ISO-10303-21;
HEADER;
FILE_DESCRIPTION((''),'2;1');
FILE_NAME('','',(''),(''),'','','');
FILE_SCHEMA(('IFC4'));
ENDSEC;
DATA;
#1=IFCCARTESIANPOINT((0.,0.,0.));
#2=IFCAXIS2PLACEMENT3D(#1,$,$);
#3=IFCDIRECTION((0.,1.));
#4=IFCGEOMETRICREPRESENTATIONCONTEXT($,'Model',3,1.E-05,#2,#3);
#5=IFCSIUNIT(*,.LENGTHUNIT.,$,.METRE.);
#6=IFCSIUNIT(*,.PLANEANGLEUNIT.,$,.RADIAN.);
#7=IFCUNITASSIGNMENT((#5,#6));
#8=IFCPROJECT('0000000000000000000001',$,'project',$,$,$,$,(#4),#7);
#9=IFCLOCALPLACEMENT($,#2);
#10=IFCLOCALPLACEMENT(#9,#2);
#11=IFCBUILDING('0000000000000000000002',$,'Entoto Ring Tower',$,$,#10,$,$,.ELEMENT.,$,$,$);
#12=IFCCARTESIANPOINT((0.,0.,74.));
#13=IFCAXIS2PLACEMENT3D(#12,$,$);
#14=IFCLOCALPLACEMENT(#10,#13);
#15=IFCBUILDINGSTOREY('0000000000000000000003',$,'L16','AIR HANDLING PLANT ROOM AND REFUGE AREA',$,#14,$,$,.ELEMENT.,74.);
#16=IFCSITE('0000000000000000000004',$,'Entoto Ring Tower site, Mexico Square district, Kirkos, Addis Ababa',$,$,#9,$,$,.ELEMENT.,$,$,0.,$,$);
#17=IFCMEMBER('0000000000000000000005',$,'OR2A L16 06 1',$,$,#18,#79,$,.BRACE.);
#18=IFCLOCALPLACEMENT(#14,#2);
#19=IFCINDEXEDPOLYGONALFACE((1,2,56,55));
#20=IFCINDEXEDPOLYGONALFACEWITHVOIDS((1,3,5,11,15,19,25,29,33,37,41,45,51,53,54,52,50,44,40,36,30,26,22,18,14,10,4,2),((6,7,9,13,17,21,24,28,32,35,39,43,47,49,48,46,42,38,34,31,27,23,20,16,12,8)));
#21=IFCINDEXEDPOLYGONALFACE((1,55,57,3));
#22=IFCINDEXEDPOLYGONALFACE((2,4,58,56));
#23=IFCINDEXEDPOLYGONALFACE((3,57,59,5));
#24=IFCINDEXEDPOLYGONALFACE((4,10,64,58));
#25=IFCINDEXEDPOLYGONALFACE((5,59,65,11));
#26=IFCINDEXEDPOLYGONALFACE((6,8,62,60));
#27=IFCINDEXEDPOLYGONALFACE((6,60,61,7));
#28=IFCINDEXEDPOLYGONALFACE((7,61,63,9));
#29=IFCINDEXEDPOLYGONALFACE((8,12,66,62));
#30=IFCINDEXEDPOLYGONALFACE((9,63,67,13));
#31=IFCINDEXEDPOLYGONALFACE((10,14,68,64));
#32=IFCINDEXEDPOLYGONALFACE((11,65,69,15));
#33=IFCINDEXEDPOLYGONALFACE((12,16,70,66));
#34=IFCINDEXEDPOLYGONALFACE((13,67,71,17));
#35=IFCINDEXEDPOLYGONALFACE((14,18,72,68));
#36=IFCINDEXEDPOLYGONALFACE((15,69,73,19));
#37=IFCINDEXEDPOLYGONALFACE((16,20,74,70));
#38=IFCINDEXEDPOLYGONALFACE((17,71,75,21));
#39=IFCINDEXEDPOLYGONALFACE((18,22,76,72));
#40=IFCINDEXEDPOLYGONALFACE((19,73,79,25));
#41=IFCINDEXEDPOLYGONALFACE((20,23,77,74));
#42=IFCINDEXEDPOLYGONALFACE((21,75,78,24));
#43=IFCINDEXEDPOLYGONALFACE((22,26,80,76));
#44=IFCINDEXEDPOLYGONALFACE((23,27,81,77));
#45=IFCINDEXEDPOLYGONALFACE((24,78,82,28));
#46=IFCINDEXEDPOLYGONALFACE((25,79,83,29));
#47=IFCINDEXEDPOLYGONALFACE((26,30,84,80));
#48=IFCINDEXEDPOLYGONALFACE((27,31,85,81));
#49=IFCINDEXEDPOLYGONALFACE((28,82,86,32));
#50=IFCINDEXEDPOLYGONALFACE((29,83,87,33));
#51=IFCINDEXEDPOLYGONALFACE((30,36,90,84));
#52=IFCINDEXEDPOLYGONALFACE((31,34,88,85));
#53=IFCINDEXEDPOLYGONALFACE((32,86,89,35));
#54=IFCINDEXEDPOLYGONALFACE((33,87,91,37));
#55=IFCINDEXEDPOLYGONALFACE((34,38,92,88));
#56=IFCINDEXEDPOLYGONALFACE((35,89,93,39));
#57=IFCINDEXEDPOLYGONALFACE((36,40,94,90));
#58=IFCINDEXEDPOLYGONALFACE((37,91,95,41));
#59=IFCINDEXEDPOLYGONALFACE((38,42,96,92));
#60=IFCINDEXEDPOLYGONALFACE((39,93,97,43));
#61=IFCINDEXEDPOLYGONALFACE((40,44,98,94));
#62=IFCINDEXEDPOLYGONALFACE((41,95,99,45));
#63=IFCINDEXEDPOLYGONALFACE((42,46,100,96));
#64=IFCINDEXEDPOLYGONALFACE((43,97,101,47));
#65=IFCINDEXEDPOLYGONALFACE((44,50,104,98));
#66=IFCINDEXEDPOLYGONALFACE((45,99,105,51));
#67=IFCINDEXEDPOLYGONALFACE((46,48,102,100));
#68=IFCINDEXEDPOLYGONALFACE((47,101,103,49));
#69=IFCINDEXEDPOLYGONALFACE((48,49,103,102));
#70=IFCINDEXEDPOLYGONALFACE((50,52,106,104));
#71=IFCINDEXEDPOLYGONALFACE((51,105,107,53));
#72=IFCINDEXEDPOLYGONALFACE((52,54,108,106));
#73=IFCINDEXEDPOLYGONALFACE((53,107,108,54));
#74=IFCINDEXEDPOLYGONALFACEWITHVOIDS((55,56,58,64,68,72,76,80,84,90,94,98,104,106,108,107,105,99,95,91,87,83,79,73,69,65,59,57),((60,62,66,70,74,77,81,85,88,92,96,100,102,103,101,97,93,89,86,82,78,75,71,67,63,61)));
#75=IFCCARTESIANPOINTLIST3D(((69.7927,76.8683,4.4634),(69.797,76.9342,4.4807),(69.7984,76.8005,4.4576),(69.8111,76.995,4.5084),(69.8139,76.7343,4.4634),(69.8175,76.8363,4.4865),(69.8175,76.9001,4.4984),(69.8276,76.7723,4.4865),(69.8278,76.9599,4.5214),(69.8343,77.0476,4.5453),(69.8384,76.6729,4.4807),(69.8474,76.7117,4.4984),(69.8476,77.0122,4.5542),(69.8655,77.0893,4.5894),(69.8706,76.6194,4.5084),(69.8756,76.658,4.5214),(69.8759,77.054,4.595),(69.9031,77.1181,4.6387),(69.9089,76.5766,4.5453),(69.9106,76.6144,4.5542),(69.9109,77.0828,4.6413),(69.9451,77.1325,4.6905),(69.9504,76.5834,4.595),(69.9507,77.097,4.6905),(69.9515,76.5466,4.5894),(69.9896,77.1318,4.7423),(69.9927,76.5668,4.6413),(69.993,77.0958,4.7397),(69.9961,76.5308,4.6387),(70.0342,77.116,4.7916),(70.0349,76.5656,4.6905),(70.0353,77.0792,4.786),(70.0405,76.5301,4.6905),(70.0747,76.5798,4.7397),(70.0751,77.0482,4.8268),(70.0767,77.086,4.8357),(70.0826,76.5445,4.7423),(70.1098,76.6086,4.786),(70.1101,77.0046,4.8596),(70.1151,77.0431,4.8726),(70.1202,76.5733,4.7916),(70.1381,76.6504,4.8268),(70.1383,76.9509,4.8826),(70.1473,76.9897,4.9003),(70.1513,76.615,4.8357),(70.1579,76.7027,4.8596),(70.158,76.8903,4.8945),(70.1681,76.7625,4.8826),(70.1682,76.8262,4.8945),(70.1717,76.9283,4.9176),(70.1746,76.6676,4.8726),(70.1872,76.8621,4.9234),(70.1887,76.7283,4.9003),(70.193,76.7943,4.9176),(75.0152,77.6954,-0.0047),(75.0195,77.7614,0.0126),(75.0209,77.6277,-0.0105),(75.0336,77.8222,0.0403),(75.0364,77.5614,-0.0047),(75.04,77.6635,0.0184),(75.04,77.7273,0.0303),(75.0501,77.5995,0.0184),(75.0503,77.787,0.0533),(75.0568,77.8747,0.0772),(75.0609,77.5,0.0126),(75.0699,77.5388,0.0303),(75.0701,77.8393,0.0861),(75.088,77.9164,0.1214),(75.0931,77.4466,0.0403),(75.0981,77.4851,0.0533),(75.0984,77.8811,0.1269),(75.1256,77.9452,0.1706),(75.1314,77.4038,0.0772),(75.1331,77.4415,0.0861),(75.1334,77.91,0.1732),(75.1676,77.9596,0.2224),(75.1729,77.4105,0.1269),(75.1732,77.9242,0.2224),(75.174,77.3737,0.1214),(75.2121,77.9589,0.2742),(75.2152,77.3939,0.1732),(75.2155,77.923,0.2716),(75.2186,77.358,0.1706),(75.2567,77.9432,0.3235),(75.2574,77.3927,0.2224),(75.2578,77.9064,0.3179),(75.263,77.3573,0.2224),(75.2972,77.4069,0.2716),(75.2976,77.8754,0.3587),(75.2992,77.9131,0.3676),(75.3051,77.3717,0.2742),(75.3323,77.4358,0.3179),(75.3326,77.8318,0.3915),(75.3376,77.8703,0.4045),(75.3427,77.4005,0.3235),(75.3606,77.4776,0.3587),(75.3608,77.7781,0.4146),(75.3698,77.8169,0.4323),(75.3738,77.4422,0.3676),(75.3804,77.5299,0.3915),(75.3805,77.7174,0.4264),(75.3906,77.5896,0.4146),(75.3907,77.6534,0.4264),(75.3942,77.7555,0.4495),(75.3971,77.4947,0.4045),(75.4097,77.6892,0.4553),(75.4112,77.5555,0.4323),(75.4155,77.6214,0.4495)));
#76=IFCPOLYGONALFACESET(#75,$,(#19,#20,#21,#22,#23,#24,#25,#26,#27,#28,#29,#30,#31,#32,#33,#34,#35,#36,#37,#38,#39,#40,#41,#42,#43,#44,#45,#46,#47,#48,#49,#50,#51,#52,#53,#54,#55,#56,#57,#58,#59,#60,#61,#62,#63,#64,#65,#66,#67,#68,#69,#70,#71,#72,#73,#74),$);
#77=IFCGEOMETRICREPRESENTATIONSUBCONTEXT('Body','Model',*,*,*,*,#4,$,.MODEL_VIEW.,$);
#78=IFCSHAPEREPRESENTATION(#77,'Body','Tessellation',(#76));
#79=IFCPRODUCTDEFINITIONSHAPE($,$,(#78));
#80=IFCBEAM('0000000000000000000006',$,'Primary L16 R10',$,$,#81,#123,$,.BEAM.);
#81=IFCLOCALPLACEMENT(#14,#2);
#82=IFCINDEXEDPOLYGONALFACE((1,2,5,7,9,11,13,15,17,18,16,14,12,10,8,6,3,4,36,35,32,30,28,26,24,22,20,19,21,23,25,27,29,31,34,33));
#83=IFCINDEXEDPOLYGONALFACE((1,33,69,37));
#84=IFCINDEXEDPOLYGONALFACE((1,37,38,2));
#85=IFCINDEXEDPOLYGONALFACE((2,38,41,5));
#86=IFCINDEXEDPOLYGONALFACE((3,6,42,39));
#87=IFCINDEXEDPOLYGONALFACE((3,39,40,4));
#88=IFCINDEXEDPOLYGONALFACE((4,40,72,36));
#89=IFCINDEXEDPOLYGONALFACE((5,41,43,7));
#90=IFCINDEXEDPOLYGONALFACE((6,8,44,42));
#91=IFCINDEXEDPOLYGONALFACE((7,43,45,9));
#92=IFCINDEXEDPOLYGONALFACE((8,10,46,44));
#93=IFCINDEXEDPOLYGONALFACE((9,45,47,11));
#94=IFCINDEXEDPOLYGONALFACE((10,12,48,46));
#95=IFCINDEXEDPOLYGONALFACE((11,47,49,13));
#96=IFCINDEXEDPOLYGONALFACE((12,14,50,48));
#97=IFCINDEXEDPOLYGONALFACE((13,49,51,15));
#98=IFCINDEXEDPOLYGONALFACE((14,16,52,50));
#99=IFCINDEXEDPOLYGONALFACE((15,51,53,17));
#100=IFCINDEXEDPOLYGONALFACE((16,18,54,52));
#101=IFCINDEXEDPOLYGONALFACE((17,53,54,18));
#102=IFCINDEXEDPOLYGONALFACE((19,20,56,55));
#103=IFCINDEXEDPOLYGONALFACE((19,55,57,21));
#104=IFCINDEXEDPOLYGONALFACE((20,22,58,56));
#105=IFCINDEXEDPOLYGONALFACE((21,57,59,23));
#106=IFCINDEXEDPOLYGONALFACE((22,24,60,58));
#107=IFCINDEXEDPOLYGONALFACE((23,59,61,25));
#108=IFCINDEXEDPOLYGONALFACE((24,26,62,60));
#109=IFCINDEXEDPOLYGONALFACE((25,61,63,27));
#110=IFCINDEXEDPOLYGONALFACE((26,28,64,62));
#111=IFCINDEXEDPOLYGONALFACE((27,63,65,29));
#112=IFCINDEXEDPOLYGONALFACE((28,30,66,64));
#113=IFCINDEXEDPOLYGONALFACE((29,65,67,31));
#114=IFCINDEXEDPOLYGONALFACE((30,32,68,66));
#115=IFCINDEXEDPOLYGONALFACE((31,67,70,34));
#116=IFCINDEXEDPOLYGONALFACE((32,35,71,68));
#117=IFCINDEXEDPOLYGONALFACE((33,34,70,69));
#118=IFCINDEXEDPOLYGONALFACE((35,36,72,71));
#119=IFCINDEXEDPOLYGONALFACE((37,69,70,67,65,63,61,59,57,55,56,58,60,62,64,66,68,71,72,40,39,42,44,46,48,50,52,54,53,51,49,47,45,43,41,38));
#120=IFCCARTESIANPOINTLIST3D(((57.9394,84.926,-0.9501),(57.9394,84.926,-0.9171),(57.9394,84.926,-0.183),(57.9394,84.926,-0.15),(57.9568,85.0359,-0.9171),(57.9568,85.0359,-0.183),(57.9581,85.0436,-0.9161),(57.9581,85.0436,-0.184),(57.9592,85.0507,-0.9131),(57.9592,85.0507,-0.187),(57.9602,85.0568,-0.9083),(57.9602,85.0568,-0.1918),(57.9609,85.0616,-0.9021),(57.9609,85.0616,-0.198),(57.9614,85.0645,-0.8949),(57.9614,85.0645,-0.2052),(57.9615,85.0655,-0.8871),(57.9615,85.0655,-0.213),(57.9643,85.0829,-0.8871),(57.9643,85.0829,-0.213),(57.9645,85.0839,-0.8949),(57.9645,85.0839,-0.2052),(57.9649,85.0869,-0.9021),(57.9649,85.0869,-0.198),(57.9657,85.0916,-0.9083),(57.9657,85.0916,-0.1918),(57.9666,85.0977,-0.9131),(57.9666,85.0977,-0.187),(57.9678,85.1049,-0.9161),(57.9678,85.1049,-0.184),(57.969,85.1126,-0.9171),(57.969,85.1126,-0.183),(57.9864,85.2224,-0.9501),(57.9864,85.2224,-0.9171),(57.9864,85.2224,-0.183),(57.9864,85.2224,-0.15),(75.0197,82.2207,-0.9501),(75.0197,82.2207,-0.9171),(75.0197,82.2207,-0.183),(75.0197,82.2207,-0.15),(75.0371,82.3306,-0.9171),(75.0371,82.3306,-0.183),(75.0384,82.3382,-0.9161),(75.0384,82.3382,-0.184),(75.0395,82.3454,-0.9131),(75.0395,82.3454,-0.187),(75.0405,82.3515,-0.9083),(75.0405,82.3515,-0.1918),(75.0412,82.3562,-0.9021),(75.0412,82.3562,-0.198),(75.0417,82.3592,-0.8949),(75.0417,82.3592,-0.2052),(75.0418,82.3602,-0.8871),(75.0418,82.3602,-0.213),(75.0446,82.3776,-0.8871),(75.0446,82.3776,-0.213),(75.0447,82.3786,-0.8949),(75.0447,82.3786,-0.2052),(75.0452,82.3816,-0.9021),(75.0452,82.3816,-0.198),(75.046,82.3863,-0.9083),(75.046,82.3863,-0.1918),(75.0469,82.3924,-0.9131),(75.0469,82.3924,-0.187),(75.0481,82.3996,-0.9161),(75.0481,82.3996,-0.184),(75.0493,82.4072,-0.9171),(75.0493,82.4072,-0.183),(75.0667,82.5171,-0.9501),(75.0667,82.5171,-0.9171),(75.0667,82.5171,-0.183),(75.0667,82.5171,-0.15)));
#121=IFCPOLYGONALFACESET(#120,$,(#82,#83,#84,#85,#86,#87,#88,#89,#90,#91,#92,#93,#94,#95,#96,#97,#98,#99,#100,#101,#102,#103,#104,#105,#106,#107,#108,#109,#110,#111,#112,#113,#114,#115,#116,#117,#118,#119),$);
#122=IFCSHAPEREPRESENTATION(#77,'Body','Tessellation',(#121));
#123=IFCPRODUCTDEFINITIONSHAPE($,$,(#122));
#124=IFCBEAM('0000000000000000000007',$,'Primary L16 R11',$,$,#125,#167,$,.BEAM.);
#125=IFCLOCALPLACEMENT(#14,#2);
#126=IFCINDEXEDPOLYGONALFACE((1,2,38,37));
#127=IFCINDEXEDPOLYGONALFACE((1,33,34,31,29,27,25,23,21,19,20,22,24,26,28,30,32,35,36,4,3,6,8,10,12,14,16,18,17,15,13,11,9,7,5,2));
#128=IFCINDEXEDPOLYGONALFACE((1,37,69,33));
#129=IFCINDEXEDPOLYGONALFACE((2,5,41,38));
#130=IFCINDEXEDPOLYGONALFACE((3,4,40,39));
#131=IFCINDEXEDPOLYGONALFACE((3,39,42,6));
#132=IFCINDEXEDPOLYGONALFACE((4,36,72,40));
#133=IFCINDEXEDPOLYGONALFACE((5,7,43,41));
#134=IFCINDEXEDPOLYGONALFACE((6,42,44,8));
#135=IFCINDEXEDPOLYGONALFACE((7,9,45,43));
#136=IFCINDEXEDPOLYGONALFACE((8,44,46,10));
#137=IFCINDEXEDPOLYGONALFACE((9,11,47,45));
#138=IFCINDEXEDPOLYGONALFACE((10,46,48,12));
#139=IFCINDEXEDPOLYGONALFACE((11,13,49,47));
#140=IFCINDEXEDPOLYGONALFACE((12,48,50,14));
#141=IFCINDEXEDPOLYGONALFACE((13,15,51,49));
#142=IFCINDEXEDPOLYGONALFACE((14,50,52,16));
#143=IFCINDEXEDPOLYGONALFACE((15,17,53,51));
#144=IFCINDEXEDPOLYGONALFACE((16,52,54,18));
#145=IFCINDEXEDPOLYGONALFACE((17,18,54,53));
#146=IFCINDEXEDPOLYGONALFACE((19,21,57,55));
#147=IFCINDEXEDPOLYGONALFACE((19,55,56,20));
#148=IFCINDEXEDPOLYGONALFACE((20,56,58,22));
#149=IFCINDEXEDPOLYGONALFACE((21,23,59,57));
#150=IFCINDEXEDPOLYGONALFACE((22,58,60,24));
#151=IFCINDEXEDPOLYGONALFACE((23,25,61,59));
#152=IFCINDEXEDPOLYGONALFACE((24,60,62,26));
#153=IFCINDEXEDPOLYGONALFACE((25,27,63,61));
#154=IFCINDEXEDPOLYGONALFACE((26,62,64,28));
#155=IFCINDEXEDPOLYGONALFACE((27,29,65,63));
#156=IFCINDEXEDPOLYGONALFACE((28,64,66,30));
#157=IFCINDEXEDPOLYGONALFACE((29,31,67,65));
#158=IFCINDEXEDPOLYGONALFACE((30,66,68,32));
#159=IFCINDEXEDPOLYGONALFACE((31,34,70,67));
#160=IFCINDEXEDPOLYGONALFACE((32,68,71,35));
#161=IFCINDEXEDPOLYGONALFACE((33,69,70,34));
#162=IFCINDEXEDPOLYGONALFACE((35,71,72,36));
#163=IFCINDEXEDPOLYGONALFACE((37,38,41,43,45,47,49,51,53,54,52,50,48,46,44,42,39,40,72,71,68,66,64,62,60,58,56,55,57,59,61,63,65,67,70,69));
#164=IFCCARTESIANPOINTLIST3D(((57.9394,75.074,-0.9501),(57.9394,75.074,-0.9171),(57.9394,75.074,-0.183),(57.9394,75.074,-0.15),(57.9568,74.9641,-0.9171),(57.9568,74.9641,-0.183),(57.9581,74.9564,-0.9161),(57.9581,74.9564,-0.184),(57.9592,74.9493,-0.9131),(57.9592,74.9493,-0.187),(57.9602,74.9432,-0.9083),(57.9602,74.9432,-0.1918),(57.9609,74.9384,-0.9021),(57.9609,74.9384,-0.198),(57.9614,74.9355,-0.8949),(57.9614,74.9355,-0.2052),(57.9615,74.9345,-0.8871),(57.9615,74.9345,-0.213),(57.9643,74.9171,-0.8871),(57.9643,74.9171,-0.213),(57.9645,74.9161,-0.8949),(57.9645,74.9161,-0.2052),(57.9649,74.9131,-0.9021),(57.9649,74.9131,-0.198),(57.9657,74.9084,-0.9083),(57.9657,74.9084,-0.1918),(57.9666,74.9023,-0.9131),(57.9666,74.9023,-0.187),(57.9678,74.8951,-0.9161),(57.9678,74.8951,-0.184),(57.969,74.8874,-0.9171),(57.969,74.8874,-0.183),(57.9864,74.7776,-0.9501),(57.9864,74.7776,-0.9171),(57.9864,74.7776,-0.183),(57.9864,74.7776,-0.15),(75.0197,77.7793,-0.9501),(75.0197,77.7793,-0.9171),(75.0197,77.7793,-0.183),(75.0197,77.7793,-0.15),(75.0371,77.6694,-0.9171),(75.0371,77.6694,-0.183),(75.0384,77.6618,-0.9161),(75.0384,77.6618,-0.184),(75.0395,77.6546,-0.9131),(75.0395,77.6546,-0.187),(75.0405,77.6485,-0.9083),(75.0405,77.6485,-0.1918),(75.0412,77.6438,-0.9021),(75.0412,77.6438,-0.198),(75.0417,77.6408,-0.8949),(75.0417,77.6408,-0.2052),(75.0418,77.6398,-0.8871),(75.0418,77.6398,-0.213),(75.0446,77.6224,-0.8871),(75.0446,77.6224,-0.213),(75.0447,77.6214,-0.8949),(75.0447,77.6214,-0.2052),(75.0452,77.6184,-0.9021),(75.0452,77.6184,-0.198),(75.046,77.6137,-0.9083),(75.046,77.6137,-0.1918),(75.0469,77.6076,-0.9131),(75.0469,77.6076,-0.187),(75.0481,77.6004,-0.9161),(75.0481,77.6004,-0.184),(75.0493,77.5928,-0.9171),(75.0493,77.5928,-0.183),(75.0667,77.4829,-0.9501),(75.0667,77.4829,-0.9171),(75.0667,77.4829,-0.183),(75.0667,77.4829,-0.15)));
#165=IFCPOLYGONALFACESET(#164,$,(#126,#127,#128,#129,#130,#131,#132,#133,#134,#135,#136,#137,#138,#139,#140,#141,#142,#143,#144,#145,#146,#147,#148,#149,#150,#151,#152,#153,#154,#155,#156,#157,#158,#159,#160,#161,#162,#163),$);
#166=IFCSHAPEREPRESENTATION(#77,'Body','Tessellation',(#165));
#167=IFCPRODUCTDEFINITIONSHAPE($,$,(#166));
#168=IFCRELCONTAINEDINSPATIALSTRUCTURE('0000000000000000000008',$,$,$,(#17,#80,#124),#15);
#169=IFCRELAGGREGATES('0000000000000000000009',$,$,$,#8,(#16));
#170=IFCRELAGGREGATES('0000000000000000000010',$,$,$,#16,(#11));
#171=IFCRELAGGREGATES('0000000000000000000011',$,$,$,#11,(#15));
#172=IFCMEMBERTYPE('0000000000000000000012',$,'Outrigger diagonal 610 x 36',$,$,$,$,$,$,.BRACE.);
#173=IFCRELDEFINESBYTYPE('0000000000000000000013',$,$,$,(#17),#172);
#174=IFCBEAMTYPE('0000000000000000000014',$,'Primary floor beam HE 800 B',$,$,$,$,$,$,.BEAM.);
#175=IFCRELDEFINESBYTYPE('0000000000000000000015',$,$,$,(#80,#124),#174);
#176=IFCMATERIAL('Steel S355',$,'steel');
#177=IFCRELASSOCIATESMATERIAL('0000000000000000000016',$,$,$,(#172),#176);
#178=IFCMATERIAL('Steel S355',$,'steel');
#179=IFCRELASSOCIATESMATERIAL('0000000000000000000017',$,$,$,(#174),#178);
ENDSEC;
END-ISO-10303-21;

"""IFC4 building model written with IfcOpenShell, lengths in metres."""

from ifc_helpers import new_model, si_unit, direction, frame, origin, origin_2d, place, context, subcontext, project, spatial, circle, hollow_circle, i_section, extrude, material, material_profile, profile_set, type_object, element, save


model = new_model("IFC4")

# Units and contexts
model_context = context("Model", 3, precision=1e-05, world=origin(), true_north=direction((0.0, 1.0)))
body_context = subcontext(model_context, "Body", "Model", "MODEL_VIEW")
ifc_project = project(units=[si_unit("LENGTHUNIT", "METRE"), si_unit("PLANEANGLEUNIT", "RADIAN")], contexts=[model_context])

# Site, building, storey
site_placement = place(None, origin())
site = spatial("IfcSite", under=ifc_project, at=site_placement, Name="Entoto Ring Tower site, Mexico Square district, Kirkos, Addis Ababa", CompositionType="ELEMENT", RefElevation=0.0)
building_placement = place(site_placement, origin())
building = spatial("IfcBuilding", under=site, at=building_placement, Name="Entoto Ring Tower", CompositionType="ELEMENT")
storey_placement = place(building_placement, frame((0.0, 0.0, 74.0)))
storey = spatial("IfcBuildingStorey", under=building, at=storey_placement, Name="L16", Description="AIR HANDLING PLANT ROOM AND REFUGE AREA", CompositionType="ELEMENT", Elevation=74.0)

# Member
ifc_material_1 = material(Name="Steel S355", Category="steel")
ifc_material_profile_1 = material_profile(ifc_material_1, hollow_circle(Radius=0.3049, WallThickness=0.0359, at=origin_2d()), Name="CHS 610 x 36")
ifc_material_2 = material(Name="Concrete C60/75", Category="concrete")
ifc_material_profile_2 = material_profile(ifc_material_2, circle(Radius=0.269, at=origin_2d()), Name="Concrete C60/75 infill")
ifc_profile_set_1 = profile_set([ifc_material_profile_1, ifc_material_profile_2], Name="Steel S355")
member_type_1 = type_object("IfcMemberType", Name="Outrigger diagonal 610 x 36", PredefinedType="BRACE", material=ifc_profile_set_1)
member_1_placement = place(storey_placement, frame((75.2153, 77.6584, 0.2224), z_axis=(-0.754412, -0.119487, 0.645435), x_axis=(0.156434, -0.987688, 0.0)))
element("IfcMember", 1, at=member_1_placement, inside=storey, type_object=member_type_1, Name="OR2A L16 06 1", PredefinedType="BRACE", context=body_context, shape_type="SweptSolid", body=[
    extrude(hollow_circle(Radius=0.3049, WallThickness=0.0359, at=origin_2d()), origin(), (0.0, 0.0, 1.0), 6.9226),
])

# Beams
ifc_material_3 = material(Name="Steel S355", Category="steel")
ifc_material_profile_3 = material_profile(ifc_material_3, i_section(OverallWidth=0.3, OverallDepth=0.8, WebThickness=0.0176, FlangeThickness=0.033, FilletRadius=0.03, at=origin_2d()), Name="HE 800 B")
ifc_profile_set_2 = profile_set([ifc_material_profile_3], Name="Steel S355")
beam_type_1 = type_object("IfcBeamType", Name="Primary floor beam HE 800 B", PredefinedType="BEAM", material=ifc_profile_set_2)
for number, where, z_axis, x_axis, name in (
    (2, (75.0432, 82.3689, -0.55), (-0.987688, 0.156438, 0.0), (-0.156438, -0.987688, 0.0), "Primary L16 R10"),
    (3, (75.0432, 77.6311, -0.55), (-0.987688, -0.156438, 0.0), (0.156438, -0.987688, 0.0), "Primary L16 R11"),
):
    element("IfcBeam", number, at=place(storey_placement, frame(where, z_axis=z_axis, x_axis=x_axis)), inside=storey, type_object=beam_type_1, Name=name, PredefinedType="BEAM", context=body_context, shape_type="SweptSolid", body=[
        extrude(i_section(OverallWidth=0.3, OverallDepth=0.8, WebThickness=0.0176, FlangeThickness=0.033, FilletRadius=0.03, at=origin_2d()), origin(), (0.0, 0.0, 1.0), 17.2932),
    ])

save(model, "model.ifc")
